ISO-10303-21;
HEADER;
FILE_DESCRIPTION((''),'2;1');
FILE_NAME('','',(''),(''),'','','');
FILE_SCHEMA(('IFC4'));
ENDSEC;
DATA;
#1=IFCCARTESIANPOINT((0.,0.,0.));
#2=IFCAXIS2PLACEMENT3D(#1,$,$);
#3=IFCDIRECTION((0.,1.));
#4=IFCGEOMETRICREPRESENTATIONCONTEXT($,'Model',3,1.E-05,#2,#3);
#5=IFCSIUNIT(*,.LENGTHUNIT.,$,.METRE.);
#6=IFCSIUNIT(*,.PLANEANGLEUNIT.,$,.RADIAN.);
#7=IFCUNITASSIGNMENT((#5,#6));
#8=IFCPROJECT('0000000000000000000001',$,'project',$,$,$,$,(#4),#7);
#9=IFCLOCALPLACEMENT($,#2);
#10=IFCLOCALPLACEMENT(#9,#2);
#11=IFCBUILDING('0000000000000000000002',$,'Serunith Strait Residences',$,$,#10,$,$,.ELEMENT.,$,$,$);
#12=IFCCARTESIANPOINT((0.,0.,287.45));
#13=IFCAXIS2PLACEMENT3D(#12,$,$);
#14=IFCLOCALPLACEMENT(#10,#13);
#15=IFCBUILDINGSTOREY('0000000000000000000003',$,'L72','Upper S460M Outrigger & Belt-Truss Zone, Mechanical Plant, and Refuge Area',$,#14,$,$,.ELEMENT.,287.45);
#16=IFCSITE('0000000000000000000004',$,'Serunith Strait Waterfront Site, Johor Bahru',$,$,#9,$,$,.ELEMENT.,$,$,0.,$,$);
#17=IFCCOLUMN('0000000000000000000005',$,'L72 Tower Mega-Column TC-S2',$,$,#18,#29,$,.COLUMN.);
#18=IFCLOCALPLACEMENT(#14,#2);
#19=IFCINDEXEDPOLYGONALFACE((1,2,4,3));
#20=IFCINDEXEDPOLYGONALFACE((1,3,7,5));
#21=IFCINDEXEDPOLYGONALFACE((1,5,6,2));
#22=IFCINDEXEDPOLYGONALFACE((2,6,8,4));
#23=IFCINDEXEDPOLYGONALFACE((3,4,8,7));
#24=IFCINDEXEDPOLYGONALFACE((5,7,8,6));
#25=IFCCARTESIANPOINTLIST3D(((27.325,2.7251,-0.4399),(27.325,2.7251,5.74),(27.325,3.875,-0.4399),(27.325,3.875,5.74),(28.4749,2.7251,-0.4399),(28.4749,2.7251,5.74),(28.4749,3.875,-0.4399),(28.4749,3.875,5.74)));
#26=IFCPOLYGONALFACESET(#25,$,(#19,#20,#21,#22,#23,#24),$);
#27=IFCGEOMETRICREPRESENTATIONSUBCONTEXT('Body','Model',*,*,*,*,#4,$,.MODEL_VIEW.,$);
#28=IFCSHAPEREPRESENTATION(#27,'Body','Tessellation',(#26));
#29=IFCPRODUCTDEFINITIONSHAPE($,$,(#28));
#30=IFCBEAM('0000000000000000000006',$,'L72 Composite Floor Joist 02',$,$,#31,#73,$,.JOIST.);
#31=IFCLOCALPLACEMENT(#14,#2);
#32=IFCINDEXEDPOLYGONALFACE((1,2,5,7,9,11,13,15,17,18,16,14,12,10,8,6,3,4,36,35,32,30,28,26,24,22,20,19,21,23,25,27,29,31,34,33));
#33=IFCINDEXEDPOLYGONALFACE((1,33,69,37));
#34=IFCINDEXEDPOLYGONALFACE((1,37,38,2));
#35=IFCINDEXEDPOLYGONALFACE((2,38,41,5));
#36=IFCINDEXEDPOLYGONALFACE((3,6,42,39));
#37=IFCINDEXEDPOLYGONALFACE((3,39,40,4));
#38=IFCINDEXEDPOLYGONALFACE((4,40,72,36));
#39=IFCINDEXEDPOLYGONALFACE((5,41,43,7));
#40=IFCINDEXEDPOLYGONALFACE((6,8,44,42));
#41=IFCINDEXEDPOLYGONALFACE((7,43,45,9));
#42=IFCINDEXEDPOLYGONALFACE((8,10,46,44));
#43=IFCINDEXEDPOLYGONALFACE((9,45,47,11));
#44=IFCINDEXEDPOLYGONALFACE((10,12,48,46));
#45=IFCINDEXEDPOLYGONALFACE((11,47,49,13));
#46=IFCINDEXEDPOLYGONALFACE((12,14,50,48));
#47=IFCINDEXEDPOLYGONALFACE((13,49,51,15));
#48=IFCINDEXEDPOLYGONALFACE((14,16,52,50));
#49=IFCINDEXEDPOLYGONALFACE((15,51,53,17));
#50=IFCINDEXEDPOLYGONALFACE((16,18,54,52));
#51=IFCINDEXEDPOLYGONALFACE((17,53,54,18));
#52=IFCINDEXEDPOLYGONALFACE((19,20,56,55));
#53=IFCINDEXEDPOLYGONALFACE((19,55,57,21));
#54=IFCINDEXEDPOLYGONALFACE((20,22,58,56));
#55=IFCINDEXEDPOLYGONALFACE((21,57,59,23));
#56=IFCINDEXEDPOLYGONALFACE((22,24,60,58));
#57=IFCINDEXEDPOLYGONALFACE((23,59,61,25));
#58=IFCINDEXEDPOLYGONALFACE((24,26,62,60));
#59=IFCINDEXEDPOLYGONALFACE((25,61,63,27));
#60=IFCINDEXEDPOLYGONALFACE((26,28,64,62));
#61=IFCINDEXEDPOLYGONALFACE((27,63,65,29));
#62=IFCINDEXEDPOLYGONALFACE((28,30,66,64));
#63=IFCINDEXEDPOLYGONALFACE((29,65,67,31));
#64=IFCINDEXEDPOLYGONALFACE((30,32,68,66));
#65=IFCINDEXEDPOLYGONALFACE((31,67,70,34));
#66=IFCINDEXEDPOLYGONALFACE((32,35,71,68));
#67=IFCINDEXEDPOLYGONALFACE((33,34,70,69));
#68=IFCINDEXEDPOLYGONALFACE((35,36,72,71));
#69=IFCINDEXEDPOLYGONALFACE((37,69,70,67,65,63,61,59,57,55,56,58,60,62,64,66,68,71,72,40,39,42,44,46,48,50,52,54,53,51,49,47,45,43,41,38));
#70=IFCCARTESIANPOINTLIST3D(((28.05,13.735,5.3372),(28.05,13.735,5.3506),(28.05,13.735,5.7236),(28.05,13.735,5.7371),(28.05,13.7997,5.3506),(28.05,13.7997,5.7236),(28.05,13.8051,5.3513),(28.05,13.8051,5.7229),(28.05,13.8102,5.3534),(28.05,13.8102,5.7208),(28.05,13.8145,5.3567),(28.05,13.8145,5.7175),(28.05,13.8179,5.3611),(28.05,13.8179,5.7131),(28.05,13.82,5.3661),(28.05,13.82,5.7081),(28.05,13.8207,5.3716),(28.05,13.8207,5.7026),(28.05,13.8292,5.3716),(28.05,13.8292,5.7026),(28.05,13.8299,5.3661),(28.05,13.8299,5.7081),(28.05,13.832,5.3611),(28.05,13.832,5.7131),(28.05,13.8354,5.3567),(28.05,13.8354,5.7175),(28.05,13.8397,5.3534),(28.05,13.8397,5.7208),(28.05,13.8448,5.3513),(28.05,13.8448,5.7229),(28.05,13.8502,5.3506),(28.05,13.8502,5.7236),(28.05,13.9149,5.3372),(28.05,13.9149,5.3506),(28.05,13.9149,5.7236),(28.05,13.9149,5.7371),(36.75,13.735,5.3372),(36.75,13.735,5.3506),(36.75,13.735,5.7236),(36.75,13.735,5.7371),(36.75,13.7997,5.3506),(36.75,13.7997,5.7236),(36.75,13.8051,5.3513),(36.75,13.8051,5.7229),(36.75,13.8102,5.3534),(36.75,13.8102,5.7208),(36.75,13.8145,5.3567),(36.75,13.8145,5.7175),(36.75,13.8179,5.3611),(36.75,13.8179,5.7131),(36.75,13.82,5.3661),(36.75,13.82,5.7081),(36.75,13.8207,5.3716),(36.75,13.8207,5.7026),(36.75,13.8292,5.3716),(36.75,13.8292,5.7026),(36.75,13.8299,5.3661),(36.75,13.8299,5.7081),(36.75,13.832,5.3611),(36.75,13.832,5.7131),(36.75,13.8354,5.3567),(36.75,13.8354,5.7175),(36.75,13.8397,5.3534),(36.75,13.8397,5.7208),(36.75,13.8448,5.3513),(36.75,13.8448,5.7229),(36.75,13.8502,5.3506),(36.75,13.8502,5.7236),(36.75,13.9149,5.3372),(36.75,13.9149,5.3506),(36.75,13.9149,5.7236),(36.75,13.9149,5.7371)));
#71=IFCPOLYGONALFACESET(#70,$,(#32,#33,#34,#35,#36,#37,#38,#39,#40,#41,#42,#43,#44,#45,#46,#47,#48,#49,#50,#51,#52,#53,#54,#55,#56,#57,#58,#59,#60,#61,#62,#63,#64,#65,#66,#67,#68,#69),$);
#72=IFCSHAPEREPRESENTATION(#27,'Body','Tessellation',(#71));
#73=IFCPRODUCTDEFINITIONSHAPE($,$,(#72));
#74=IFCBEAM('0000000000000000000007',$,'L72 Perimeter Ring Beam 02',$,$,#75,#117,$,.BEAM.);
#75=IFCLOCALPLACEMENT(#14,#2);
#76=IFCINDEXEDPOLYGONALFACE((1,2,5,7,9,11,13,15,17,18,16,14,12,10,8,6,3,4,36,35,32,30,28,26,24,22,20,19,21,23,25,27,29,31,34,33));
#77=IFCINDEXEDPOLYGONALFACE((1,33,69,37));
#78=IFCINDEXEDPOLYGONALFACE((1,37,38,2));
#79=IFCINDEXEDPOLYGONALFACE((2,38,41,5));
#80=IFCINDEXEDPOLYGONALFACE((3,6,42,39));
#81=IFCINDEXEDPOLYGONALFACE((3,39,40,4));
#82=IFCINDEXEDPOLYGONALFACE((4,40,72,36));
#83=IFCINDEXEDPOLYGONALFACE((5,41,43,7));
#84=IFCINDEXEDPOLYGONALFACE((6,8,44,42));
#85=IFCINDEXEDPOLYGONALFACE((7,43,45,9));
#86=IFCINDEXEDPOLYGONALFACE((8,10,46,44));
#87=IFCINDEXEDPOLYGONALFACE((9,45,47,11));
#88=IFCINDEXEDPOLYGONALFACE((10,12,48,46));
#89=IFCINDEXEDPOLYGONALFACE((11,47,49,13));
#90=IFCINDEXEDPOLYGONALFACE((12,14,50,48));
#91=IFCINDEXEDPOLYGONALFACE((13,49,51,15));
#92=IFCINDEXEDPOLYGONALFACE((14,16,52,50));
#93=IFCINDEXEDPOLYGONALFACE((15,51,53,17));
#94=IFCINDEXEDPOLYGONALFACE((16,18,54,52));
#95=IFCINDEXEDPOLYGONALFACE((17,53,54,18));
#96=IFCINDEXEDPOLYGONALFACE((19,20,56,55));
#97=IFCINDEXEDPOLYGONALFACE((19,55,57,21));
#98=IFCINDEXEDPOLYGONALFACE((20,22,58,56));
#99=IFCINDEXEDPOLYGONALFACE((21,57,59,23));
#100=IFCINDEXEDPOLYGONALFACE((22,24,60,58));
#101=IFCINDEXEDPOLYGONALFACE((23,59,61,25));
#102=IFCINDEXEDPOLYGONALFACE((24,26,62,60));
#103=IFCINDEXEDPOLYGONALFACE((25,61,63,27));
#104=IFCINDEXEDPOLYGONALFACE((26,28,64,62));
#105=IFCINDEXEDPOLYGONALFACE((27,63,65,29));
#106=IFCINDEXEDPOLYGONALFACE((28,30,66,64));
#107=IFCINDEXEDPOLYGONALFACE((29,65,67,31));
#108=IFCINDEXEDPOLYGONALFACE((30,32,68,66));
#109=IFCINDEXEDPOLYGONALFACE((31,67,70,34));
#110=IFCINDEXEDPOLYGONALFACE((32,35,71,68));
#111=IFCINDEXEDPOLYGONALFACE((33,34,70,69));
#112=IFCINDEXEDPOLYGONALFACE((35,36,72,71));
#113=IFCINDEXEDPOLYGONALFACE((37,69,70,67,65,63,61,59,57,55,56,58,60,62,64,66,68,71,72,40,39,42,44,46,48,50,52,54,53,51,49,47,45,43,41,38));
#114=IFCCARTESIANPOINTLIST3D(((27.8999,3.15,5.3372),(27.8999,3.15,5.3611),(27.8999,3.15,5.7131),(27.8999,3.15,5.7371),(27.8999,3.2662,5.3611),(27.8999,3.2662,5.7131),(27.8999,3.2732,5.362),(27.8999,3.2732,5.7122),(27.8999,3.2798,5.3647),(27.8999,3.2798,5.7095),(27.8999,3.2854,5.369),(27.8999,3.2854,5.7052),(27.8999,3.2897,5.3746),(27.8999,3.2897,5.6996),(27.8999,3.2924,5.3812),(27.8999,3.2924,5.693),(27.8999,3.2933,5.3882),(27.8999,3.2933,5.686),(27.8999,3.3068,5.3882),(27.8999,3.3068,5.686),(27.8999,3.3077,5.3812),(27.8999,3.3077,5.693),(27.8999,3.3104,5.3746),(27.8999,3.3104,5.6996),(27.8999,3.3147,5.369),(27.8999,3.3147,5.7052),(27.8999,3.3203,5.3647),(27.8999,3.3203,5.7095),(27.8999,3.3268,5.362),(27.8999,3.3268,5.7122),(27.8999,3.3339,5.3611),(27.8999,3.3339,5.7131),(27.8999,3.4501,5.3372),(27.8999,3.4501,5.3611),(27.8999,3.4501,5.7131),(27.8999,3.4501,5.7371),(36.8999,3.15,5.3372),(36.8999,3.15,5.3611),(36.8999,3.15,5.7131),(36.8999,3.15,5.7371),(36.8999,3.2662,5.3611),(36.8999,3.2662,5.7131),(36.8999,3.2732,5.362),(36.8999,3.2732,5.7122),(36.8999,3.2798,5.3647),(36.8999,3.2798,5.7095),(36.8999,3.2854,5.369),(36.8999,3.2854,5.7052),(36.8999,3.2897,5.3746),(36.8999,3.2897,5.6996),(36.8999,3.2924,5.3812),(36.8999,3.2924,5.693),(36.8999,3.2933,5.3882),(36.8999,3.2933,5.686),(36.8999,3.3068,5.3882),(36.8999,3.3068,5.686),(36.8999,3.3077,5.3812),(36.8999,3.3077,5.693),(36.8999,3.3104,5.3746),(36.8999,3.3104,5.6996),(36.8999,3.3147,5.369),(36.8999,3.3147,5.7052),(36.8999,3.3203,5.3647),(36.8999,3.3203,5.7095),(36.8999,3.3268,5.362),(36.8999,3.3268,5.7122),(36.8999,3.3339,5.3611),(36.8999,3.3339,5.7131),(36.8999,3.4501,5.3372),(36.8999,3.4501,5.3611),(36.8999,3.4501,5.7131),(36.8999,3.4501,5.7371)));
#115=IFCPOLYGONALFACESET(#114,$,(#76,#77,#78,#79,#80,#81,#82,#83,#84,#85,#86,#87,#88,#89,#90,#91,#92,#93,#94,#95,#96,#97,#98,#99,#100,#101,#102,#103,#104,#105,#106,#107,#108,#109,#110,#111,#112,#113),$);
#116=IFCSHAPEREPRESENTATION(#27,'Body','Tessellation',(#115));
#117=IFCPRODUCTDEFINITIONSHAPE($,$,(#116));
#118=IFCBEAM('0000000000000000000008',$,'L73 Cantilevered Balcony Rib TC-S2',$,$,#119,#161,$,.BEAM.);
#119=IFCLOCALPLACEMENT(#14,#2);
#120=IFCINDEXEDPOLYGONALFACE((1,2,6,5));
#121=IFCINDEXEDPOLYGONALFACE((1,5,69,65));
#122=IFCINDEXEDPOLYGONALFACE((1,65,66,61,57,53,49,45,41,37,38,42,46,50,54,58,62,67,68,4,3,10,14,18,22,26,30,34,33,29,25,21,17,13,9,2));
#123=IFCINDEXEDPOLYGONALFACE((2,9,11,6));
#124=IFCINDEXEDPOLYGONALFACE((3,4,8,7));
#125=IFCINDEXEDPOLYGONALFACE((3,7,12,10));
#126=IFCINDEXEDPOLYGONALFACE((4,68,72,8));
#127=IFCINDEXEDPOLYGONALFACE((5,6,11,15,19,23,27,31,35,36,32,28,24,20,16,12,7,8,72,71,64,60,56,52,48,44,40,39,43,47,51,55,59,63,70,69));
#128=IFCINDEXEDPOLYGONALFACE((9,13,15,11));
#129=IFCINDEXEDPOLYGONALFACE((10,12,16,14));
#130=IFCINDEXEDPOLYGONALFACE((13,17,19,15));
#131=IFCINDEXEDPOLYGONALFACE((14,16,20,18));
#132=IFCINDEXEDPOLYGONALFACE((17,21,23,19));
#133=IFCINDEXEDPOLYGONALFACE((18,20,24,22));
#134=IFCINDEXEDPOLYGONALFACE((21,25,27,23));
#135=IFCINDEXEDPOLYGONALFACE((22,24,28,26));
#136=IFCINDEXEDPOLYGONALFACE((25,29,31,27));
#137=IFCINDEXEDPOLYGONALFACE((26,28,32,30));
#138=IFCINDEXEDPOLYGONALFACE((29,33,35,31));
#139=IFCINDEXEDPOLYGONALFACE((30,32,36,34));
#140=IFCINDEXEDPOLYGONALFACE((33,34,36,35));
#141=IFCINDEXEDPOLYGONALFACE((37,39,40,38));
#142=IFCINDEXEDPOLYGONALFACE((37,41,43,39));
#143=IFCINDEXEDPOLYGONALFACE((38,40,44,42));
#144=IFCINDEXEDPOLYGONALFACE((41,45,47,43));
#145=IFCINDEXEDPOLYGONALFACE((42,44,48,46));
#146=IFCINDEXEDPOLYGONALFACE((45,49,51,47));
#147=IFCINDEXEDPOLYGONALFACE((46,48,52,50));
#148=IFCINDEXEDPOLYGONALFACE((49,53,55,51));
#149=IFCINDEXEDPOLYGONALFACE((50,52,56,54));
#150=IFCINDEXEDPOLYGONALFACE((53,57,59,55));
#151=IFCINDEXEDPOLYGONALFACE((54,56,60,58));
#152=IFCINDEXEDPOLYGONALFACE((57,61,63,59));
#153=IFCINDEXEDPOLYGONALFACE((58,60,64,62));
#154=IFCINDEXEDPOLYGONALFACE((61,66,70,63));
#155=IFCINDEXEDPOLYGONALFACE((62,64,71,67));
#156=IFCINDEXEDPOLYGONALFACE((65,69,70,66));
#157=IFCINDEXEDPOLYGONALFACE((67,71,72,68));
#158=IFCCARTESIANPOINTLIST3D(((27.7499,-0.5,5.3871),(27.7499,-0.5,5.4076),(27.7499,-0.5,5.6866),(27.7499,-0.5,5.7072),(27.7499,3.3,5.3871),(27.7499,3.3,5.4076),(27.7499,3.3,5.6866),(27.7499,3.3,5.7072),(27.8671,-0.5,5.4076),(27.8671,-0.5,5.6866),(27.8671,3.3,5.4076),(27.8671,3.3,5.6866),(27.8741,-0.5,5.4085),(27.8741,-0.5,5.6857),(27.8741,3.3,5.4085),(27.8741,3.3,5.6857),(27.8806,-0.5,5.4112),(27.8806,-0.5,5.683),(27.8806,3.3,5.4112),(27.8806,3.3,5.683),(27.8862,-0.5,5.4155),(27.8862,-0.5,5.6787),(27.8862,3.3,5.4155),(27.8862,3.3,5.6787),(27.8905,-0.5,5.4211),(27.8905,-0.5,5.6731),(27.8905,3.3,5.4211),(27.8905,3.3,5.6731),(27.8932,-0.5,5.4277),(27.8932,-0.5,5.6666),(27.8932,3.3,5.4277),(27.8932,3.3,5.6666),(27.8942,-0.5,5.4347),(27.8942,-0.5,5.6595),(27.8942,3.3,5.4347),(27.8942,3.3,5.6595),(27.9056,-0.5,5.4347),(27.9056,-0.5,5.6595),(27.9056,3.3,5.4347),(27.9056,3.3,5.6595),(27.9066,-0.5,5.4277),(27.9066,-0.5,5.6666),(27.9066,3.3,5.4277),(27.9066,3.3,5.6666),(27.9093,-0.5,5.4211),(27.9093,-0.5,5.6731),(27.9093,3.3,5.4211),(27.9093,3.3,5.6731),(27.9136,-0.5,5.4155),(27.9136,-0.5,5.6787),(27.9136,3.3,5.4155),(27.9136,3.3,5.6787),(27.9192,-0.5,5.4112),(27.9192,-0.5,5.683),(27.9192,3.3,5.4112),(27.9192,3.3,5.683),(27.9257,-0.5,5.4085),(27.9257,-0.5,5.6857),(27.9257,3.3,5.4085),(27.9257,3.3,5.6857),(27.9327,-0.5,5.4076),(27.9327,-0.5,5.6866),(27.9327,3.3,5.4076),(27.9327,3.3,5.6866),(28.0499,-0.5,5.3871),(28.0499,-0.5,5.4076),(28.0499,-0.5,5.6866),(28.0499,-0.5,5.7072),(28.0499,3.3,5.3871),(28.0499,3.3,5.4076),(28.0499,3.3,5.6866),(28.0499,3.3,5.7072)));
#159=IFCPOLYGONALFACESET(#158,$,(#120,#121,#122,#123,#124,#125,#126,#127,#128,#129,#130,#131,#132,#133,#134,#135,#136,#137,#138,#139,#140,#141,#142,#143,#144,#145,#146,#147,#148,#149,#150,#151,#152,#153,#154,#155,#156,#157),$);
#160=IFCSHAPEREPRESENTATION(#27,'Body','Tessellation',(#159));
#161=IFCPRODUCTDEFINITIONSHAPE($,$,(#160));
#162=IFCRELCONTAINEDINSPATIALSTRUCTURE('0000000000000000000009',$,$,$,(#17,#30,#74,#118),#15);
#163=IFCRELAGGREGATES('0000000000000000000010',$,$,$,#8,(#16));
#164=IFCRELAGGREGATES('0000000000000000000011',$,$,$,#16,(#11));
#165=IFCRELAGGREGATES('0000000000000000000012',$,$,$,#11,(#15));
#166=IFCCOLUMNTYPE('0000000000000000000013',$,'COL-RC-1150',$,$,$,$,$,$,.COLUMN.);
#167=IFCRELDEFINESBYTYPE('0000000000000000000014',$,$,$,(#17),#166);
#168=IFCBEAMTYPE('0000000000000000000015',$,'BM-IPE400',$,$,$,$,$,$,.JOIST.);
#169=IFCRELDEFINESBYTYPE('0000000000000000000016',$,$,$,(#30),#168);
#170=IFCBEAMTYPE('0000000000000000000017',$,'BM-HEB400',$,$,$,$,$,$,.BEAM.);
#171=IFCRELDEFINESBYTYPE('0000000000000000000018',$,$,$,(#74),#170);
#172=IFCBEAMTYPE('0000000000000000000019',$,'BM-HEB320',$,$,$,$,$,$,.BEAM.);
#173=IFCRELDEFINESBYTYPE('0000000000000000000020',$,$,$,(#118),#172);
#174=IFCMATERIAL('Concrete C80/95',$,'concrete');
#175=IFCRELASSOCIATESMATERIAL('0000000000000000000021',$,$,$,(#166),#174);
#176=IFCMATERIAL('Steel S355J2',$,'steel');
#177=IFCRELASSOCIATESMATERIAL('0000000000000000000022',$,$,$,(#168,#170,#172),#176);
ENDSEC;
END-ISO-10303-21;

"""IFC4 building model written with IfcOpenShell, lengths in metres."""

from ifc_helpers import new_model, si_unit, direction, frame, origin, origin_2d, place, context, subcontext, project, spatial, rectangle, i_section, extrude, source, transform, mapped, material, material_profile, profile_set, type_object, element, save


model = new_model("IFC4")

# Units and contexts
model_context = context("Model", 3, precision=1e-05, world=origin(), true_north=direction((0.0, 1.0)))
body_context = subcontext(model_context, "Body", "Model", "MODEL_VIEW")
ifc_project = project(units=[si_unit("LENGTHUNIT", "METRE"), si_unit("PLANEANGLEUNIT", "RADIAN")], contexts=[model_context])

# Site, building, storey
site_placement = place(None, origin())
site = spatial("IfcSite", under=ifc_project, at=site_placement, Name="Serunith Strait Waterfront Site, Johor Bahru", CompositionType="ELEMENT", RefElevation=0.0)
building_placement = place(site_placement, origin())
building = spatial("IfcBuilding", under=site, at=building_placement, Name="Serunith Strait Residences", CompositionType="ELEMENT")
storey_placement = place(building_placement, frame((0.0, 0.0, 287.45)))
storey = spatial("IfcBuildingStorey", under=building, at=storey_placement, Name="L72", Description="Upper S460M Outrigger & Belt-Truss Zone, Mechanical Plant, and Refuge Area", CompositionType="ELEMENT", Elevation=287.45)

# Column
ifc_material_1 = material(Name="Concrete C80/95", Category="concrete")
ifc_material_profile_1 = material_profile(ifc_material_1, rectangle(XDim=1.1499, YDim=1.1499, at=origin_2d()), Name="RC 1150x1150")
ifc_profile_set_1 = profile_set([ifc_material_profile_1], Name="Concrete C80/95")
column_type = type_object("IfcColumnType", Name="COL-RC-1150", PredefinedType="COLUMN", material=ifc_profile_set_1)
shared_shape_1 = source(origin(), body_context, "Body", "SweptSolid", [
    extrude(rectangle(XDim=1.1499, YDim=1.1499, at=origin_2d()), origin(), (0.0, 0.0, 1.0), 6.1799),
])
column_placement = place(storey_placement, frame((27.8999, 3.3, -0.4399), z_axis=(0.0, 0.0, 1.0), x_axis=(1.0, 0.0, 0.0)))
element("IfcColumn", 1, at=column_placement, inside=storey, type_object=column_type, Name="L72 Tower Mega-Column TC-S2", PredefinedType="COLUMN", context=body_context, shape_type="MappedRepresentation", body=[
    mapped(shared_shape_1, transform((0.0, 0.0, 0.0), scale=1.0)),
])

# Beams
ifc_material_2 = material(Name="Steel S355J2", Category="steel")
ifc_material_profile_2 = material_profile(ifc_material_2, i_section(OverallWidth=0.1799, OverallDepth=0.3999, WebThickness=0.0085, FlangeThickness=0.0134, FilletRadius=0.021, at=origin_2d()), Name="IPE 400")
ifc_profile_set_2 = profile_set([ifc_material_profile_2], Name="Steel S355J2")
beam_type_1 = type_object("IfcBeamType", Name="BM-IPE400", PredefinedType="JOIST", material=ifc_profile_set_2)
shared_shape_2 = source(origin(), body_context, "Body", "SweptSolid", [
    extrude(i_section(OverallWidth=0.1799, OverallDepth=0.3999, WebThickness=0.0085, FlangeThickness=0.0134, FilletRadius=0.021, at=origin_2d()), origin(), (0.0, 0.0, 1.0), 8.7),
])
beam_1_placement = place(storey_placement, frame((28.05, 13.825, 5.5371), z_axis=(1.0, 0.0, 0.0), x_axis=(0.0, 1.0, 0.0)))
element("IfcBeam", 2, at=beam_1_placement, inside=storey, type_object=beam_type_1, Name="L72 Composite Floor Joist 02", PredefinedType="JOIST", context=body_context, shape_type="MappedRepresentation", body=[
    mapped(shared_shape_2, transform((0.0, 0.0, 0.0), scale=1.0)),
])
ifc_material_profile_3 = material_profile(ifc_material_2, i_section(OverallWidth=0.3, OverallDepth=0.3999, WebThickness=0.0134, FlangeThickness=0.0239, FilletRadius=0.0271, at=origin_2d()), Name="HEB 400")
ifc_profile_set_3 = profile_set([ifc_material_profile_3], Name="Steel S355J2")
beam_type_2 = type_object("IfcBeamType", Name="BM-HEB400", PredefinedType="BEAM", material=ifc_profile_set_3)
shared_shape_3 = source(origin(), body_context, "Body", "SweptSolid", [
    extrude(i_section(OverallWidth=0.3, OverallDepth=0.3999, WebThickness=0.0134, FlangeThickness=0.0239, FilletRadius=0.0271, at=origin_2d()), origin(), (0.0, 0.0, 1.0), 9.0),
])
beam_2_placement = place(storey_placement, frame((27.8999, 3.3, 5.5371), z_axis=(1.0, 0.0, 0.0), x_axis=(0.0, 1.0, 0.0)))
element("IfcBeam", 3, at=beam_2_placement, inside=storey, type_object=beam_type_2, Name="L72 Perimeter Ring Beam 02", PredefinedType="BEAM", context=body_context, shape_type="MappedRepresentation", body=[
    mapped(shared_shape_3, transform((0.0, 0.0, 0.0), scale=1.0)),
])
ifc_material_profile_4 = material_profile(ifc_material_2, i_section(OverallWidth=0.3, OverallDepth=0.3201, WebThickness=0.0115, FlangeThickness=0.0205, FilletRadius=0.0271, at=origin_2d()), Name="HEB 320")
ifc_profile_set_4 = profile_set([ifc_material_profile_4], Name="Steel S355J2")
beam_type_3 = type_object("IfcBeamType", Name="BM-HEB320", PredefinedType="BEAM", material=ifc_profile_set_4)
shared_shape_4 = source(origin(), body_context, "Body", "SweptSolid", [
    extrude(i_section(OverallWidth=0.3, OverallDepth=0.3201, WebThickness=0.0115, FlangeThickness=0.0205, FilletRadius=0.0271, at=origin_2d()), origin(), (0.0, 0.0, 1.0), 3.8),
])
beam_3_placement = place(storey_placement, frame((27.8999, 3.3, 5.5471), z_axis=(0.0, -1.0, 0.0), x_axis=(1.0, 0.0, 0.0)))
element("IfcBeam", 4, at=beam_3_placement, inside=storey, type_object=beam_type_3, Name="L73 Cantilevered Balcony Rib TC-S2", PredefinedType="BEAM", context=body_context, shape_type="MappedRepresentation", body=[
    mapped(shared_shape_4, transform((0.0, 0.0, 0.0), scale=1.0)),
])

save(model, "model.ifc")
